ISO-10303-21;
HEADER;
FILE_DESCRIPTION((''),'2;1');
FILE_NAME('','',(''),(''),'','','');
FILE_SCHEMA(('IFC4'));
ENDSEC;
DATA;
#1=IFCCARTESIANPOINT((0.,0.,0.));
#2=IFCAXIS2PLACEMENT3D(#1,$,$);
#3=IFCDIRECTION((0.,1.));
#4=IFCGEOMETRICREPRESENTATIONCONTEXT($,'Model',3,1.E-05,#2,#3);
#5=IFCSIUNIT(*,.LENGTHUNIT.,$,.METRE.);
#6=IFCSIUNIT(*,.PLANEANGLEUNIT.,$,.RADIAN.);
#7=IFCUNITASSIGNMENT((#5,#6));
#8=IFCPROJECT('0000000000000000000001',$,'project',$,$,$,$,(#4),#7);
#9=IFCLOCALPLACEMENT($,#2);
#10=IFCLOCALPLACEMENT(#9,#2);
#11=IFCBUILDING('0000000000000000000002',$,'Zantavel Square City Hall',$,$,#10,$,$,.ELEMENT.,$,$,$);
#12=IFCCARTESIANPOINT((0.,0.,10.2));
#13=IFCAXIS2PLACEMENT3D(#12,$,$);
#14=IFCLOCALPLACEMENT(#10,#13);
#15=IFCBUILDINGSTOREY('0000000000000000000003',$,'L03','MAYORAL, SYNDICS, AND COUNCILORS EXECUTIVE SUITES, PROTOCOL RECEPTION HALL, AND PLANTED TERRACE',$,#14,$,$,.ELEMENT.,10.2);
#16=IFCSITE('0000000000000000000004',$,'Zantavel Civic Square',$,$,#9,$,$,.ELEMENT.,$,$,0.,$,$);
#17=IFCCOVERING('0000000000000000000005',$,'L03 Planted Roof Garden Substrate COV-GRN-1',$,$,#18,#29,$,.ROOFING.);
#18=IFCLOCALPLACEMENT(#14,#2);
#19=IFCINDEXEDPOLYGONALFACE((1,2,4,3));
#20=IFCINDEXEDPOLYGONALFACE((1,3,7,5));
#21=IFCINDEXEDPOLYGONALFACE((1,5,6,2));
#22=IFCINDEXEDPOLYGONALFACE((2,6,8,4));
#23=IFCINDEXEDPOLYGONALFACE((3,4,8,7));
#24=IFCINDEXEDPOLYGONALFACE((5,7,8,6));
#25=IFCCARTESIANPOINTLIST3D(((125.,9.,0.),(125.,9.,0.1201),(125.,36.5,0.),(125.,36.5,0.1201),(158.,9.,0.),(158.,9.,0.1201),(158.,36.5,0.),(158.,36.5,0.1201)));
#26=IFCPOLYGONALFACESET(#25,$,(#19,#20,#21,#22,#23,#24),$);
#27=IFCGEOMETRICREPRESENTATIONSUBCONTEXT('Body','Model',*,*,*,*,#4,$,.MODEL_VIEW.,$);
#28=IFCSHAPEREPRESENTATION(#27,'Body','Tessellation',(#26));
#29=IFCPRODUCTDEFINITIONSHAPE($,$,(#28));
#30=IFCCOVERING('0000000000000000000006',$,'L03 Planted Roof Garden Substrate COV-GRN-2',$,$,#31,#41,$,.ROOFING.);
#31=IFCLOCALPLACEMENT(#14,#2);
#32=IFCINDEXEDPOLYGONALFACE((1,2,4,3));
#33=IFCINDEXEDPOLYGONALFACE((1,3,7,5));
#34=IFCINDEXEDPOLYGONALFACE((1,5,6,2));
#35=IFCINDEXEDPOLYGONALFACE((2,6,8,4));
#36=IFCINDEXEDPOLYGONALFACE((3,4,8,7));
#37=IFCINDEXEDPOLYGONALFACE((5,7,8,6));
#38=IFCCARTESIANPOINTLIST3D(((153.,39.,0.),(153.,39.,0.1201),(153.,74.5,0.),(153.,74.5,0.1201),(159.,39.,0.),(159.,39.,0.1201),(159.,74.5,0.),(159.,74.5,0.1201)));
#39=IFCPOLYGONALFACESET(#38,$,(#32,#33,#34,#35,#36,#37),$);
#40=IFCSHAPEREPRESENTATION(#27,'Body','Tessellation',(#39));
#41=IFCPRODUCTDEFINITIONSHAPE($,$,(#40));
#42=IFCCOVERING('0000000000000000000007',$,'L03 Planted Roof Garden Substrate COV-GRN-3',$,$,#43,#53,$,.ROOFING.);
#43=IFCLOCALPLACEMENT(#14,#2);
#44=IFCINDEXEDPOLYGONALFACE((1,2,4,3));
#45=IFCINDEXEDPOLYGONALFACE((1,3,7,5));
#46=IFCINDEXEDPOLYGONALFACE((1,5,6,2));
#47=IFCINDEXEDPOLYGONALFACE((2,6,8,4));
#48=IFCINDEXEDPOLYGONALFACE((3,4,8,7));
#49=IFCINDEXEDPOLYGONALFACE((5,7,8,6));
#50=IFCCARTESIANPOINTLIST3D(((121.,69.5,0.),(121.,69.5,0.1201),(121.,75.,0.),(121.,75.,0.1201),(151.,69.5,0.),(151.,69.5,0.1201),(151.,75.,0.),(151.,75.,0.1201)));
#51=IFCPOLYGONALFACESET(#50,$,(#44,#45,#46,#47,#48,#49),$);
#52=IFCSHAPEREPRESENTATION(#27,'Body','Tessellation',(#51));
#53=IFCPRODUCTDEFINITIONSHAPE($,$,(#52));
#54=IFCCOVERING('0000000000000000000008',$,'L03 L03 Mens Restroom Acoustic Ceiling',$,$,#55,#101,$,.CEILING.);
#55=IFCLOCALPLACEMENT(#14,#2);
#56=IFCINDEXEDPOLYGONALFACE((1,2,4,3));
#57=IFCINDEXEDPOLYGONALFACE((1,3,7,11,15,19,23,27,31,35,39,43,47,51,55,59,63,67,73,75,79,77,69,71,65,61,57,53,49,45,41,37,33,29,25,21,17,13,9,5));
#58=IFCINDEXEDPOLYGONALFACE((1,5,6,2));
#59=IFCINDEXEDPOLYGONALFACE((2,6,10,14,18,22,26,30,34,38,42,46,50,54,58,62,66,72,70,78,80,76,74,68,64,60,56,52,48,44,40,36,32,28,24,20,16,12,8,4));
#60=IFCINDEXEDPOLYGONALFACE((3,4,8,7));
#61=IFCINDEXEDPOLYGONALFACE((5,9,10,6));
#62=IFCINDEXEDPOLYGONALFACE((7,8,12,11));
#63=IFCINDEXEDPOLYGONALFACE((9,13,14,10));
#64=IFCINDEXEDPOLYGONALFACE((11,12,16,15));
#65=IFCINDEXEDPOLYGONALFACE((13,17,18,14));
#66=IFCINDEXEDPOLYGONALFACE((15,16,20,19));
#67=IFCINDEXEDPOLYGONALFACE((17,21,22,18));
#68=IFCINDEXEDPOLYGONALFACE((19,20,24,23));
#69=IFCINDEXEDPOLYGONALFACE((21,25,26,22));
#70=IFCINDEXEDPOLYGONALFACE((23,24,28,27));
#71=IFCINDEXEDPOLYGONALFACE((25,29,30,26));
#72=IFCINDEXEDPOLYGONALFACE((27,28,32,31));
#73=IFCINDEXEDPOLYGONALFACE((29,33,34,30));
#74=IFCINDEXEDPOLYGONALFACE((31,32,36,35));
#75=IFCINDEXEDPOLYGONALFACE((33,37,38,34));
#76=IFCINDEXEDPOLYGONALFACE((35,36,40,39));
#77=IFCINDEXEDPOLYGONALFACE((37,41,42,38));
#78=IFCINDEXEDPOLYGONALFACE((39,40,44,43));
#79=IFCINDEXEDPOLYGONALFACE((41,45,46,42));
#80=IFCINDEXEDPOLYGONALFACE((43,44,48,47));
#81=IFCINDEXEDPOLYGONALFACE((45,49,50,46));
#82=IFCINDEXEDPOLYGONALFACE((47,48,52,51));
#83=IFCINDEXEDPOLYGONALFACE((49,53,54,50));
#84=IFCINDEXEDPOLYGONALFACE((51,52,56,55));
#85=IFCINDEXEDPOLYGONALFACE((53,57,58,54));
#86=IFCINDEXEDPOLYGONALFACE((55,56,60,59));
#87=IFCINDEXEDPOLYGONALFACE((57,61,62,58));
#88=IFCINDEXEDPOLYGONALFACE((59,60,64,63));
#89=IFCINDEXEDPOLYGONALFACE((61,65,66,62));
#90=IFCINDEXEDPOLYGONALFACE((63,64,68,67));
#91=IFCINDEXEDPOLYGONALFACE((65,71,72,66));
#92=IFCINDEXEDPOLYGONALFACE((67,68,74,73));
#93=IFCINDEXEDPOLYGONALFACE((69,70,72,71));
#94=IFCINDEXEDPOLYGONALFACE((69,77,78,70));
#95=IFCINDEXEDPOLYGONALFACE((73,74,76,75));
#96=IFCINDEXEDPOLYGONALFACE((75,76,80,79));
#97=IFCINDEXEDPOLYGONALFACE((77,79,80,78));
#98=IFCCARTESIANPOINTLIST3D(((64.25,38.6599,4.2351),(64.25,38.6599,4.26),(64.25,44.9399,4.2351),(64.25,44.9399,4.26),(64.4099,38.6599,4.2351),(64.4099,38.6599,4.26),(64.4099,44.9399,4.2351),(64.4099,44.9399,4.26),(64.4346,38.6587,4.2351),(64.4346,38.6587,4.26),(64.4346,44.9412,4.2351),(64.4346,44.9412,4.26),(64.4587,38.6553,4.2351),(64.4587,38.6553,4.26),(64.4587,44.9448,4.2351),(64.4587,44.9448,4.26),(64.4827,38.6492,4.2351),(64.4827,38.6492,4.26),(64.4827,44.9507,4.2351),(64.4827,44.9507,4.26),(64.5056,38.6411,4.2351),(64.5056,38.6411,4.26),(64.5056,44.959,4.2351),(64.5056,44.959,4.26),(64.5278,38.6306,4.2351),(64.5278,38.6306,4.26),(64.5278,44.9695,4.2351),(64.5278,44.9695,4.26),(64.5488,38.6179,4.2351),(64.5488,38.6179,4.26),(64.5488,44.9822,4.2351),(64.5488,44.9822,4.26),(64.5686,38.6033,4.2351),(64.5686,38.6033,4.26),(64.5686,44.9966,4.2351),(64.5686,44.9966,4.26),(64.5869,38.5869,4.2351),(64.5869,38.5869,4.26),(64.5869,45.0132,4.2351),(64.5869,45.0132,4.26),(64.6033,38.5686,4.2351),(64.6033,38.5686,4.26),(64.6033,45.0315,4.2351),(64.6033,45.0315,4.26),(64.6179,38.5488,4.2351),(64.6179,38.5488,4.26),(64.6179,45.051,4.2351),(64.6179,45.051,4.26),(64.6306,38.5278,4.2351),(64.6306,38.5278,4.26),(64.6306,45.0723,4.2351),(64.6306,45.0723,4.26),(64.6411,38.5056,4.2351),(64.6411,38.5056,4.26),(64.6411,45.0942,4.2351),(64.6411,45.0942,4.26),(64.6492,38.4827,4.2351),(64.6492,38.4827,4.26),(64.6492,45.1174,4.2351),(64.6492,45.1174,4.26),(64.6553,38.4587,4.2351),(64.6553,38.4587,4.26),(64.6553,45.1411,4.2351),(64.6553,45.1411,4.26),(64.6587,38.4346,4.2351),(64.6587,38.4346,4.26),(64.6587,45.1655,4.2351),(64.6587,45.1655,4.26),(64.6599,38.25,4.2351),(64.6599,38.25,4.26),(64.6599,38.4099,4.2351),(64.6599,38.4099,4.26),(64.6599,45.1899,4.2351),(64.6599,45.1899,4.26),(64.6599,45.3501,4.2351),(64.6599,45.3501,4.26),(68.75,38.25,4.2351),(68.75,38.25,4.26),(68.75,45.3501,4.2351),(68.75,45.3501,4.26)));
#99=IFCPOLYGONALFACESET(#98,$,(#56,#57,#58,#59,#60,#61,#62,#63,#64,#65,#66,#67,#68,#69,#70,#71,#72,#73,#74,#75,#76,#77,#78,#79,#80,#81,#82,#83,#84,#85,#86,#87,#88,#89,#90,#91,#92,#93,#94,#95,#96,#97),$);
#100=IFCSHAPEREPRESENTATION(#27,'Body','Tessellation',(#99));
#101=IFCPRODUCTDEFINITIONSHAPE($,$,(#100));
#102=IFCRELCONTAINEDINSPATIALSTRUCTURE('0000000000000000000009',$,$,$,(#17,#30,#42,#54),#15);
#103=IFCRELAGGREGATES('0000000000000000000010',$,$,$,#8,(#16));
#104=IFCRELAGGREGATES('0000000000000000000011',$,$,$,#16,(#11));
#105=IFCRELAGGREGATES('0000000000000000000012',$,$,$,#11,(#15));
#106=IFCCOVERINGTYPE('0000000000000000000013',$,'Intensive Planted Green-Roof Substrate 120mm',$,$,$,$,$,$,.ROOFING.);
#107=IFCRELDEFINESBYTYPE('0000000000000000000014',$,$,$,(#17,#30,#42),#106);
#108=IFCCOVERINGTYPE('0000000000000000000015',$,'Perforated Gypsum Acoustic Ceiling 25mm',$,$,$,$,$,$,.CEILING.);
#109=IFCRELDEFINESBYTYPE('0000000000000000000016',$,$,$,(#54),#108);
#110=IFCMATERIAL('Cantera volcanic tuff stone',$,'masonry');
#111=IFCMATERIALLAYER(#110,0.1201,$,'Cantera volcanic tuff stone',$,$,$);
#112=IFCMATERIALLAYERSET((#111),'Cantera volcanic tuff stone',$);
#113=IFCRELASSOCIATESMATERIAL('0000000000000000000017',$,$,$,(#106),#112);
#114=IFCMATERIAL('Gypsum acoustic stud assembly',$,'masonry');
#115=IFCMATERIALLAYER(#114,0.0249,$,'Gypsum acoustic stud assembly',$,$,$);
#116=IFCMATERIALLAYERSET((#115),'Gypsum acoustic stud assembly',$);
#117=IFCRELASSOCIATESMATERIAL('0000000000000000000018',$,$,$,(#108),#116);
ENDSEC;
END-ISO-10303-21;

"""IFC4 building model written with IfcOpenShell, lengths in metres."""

from ifc_helpers import new_model, si_unit, direction, frame, origin, place, context, subcontext, project, spatial, polyline, outline, extrude, material, layer, layer_set, type_object, element, save


model = new_model("IFC4")

# Units and contexts
model_context = context("Model", 3, precision=1e-05, world=origin(), true_north=direction((0.0, 1.0)))
body_context = subcontext(model_context, "Body", "Model", "MODEL_VIEW")
ifc_project = project(units=[si_unit("LENGTHUNIT", "METRE"), si_unit("PLANEANGLEUNIT", "RADIAN")], contexts=[model_context])

# Site, building, storey
site_placement = place(None, origin())
site = spatial("IfcSite", under=ifc_project, at=site_placement, Name="Zantavel Civic Square", CompositionType="ELEMENT", RefElevation=0.0)
building_placement = place(site_placement, origin())
building = spatial("IfcBuilding", under=site, at=building_placement, Name="Zantavel Square City Hall", CompositionType="ELEMENT")
storey_placement = place(building_placement, frame((0.0, 0.0, 10.2)))
storey = spatial("IfcBuildingStorey", under=building, at=storey_placement, Name="L03", Description="MAYORAL, SYNDICS, AND COUNCILORS EXECUTIVE SUITES, PROTOCOL RECEPTION HALL, AND PLANTED TERRACE", CompositionType="ELEMENT", Elevation=10.2)

# Coverings
ifc_material_1 = material(Name="Cantera volcanic tuff stone", Category="masonry")
ifc_layer_1 = layer(ifc_material_1, 0.1201, Name="Cantera volcanic tuff stone")
ifc_layer_set_1 = layer_set([ifc_layer_1], Name="Cantera volcanic tuff stone")
covering_type_1 = type_object("IfcCoveringType", Name="Intensive Planted Green-Roof Substrate 120mm", PredefinedType="ROOFING", material=ifc_layer_set_1)
covering_1_placement = place(storey_placement, origin())
element("IfcCovering", 1, at=covering_1_placement, inside=storey, type_object=covering_type_1, Name="L03 Planted Roof Garden Substrate COV-GRN-1", PredefinedType="ROOFING", context=body_context, shape_type="SweptSolid", body=[
    extrude(outline(polyline([(125.0, 9.0), (158.0, 9.0), (158.0, 36.5), (125.0, 36.5), (125.0, 9.0)])), origin(), (0.0, 0.0, 1.0), 0.1201),
])
covering_2_placement = place(storey_placement, origin())
element("IfcCovering", 2, at=covering_2_placement, inside=storey, type_object=covering_type_1, Name="L03 Planted Roof Garden Substrate COV-GRN-2", PredefinedType="ROOFING", context=body_context, shape_type="SweptSolid", body=[
    extrude(outline(polyline([(153.0, 39.0), (159.0, 39.0), (159.0, 74.5), (153.0, 74.5), (153.0, 39.0)])), origin(), (0.0, 0.0, 1.0), 0.1201),
])
covering_3_placement = place(storey_placement, origin())
element("IfcCovering", 3, at=covering_3_placement, inside=storey, type_object=covering_type_1, Name="L03 Planted Roof Garden Substrate COV-GRN-3", PredefinedType="ROOFING", context=body_context, shape_type="SweptSolid", body=[
    extrude(outline(polyline([(121.0, 69.5), (151.0, 69.5), (151.0, 75.0), (121.0, 75.0), (121.0, 69.5)])), origin(), (0.0, 0.0, 1.0), 0.1201),
])
ifc_material_2 = material(Name="Gypsum acoustic stud assembly", Category="masonry")
ifc_layer_2 = layer(ifc_material_2, 0.0249, Name="Gypsum acoustic stud assembly")
ifc_layer_set_2 = layer_set([ifc_layer_2], Name="Gypsum acoustic stud assembly")
covering_type_2 = type_object("IfcCoveringType", Name="Perforated Gypsum Acoustic Ceiling 25mm", PredefinedType="CEILING", material=ifc_layer_set_2)
covering_4_placement = place(storey_placement, frame((0.0, 0.0, 4.2351)))
element("IfcCovering", 4, at=covering_4_placement, inside=storey, type_object=covering_type_2, Name="L03 L03 Mens Restroom Acoustic Ceiling", PredefinedType="CEILING", context=body_context, shape_type="SweptSolid", body=[
    extrude(outline(polyline([(64.6599, 38.4099), (64.6587, 38.4346), (64.6553, 38.4587), (64.6492, 38.4827), (64.6411, 38.5056), (64.6306, 38.5278), (64.6179, 38.5488), (64.6033, 38.5686), (64.5869, 38.5869), (64.5686, 38.6033), (64.5488, 38.6179), (64.5278, 38.6306), (64.5056, 38.6411), (64.4827, 38.6492), (64.4587, 38.6553), (64.4346, 38.6587), (64.4099, 38.6599), (64.25, 38.6599), (64.25, 44.9399), (64.4099, 44.9399), (64.4346, 44.9412), (64.4587, 44.9448), (64.4827, 44.9507), (64.5056, 44.959), (64.5278, 44.9695), (64.5488, 44.9822), (64.5686, 44.9966), (64.5869, 45.0132), (64.6033, 45.0315), (64.6179, 45.051), (64.6306, 45.0723), (64.6411, 45.0942), (64.6492, 45.1174), (64.6553, 45.1411), (64.6587, 45.1655), (64.6599, 45.1899), (64.6599, 45.3501), (68.75, 45.3501), (68.75, 38.25), (64.6599, 38.25), (64.6599, 38.4099)])), origin(), (0.0, 0.0, 1.0), 0.0249),
])

save(model, "model.ifc")
